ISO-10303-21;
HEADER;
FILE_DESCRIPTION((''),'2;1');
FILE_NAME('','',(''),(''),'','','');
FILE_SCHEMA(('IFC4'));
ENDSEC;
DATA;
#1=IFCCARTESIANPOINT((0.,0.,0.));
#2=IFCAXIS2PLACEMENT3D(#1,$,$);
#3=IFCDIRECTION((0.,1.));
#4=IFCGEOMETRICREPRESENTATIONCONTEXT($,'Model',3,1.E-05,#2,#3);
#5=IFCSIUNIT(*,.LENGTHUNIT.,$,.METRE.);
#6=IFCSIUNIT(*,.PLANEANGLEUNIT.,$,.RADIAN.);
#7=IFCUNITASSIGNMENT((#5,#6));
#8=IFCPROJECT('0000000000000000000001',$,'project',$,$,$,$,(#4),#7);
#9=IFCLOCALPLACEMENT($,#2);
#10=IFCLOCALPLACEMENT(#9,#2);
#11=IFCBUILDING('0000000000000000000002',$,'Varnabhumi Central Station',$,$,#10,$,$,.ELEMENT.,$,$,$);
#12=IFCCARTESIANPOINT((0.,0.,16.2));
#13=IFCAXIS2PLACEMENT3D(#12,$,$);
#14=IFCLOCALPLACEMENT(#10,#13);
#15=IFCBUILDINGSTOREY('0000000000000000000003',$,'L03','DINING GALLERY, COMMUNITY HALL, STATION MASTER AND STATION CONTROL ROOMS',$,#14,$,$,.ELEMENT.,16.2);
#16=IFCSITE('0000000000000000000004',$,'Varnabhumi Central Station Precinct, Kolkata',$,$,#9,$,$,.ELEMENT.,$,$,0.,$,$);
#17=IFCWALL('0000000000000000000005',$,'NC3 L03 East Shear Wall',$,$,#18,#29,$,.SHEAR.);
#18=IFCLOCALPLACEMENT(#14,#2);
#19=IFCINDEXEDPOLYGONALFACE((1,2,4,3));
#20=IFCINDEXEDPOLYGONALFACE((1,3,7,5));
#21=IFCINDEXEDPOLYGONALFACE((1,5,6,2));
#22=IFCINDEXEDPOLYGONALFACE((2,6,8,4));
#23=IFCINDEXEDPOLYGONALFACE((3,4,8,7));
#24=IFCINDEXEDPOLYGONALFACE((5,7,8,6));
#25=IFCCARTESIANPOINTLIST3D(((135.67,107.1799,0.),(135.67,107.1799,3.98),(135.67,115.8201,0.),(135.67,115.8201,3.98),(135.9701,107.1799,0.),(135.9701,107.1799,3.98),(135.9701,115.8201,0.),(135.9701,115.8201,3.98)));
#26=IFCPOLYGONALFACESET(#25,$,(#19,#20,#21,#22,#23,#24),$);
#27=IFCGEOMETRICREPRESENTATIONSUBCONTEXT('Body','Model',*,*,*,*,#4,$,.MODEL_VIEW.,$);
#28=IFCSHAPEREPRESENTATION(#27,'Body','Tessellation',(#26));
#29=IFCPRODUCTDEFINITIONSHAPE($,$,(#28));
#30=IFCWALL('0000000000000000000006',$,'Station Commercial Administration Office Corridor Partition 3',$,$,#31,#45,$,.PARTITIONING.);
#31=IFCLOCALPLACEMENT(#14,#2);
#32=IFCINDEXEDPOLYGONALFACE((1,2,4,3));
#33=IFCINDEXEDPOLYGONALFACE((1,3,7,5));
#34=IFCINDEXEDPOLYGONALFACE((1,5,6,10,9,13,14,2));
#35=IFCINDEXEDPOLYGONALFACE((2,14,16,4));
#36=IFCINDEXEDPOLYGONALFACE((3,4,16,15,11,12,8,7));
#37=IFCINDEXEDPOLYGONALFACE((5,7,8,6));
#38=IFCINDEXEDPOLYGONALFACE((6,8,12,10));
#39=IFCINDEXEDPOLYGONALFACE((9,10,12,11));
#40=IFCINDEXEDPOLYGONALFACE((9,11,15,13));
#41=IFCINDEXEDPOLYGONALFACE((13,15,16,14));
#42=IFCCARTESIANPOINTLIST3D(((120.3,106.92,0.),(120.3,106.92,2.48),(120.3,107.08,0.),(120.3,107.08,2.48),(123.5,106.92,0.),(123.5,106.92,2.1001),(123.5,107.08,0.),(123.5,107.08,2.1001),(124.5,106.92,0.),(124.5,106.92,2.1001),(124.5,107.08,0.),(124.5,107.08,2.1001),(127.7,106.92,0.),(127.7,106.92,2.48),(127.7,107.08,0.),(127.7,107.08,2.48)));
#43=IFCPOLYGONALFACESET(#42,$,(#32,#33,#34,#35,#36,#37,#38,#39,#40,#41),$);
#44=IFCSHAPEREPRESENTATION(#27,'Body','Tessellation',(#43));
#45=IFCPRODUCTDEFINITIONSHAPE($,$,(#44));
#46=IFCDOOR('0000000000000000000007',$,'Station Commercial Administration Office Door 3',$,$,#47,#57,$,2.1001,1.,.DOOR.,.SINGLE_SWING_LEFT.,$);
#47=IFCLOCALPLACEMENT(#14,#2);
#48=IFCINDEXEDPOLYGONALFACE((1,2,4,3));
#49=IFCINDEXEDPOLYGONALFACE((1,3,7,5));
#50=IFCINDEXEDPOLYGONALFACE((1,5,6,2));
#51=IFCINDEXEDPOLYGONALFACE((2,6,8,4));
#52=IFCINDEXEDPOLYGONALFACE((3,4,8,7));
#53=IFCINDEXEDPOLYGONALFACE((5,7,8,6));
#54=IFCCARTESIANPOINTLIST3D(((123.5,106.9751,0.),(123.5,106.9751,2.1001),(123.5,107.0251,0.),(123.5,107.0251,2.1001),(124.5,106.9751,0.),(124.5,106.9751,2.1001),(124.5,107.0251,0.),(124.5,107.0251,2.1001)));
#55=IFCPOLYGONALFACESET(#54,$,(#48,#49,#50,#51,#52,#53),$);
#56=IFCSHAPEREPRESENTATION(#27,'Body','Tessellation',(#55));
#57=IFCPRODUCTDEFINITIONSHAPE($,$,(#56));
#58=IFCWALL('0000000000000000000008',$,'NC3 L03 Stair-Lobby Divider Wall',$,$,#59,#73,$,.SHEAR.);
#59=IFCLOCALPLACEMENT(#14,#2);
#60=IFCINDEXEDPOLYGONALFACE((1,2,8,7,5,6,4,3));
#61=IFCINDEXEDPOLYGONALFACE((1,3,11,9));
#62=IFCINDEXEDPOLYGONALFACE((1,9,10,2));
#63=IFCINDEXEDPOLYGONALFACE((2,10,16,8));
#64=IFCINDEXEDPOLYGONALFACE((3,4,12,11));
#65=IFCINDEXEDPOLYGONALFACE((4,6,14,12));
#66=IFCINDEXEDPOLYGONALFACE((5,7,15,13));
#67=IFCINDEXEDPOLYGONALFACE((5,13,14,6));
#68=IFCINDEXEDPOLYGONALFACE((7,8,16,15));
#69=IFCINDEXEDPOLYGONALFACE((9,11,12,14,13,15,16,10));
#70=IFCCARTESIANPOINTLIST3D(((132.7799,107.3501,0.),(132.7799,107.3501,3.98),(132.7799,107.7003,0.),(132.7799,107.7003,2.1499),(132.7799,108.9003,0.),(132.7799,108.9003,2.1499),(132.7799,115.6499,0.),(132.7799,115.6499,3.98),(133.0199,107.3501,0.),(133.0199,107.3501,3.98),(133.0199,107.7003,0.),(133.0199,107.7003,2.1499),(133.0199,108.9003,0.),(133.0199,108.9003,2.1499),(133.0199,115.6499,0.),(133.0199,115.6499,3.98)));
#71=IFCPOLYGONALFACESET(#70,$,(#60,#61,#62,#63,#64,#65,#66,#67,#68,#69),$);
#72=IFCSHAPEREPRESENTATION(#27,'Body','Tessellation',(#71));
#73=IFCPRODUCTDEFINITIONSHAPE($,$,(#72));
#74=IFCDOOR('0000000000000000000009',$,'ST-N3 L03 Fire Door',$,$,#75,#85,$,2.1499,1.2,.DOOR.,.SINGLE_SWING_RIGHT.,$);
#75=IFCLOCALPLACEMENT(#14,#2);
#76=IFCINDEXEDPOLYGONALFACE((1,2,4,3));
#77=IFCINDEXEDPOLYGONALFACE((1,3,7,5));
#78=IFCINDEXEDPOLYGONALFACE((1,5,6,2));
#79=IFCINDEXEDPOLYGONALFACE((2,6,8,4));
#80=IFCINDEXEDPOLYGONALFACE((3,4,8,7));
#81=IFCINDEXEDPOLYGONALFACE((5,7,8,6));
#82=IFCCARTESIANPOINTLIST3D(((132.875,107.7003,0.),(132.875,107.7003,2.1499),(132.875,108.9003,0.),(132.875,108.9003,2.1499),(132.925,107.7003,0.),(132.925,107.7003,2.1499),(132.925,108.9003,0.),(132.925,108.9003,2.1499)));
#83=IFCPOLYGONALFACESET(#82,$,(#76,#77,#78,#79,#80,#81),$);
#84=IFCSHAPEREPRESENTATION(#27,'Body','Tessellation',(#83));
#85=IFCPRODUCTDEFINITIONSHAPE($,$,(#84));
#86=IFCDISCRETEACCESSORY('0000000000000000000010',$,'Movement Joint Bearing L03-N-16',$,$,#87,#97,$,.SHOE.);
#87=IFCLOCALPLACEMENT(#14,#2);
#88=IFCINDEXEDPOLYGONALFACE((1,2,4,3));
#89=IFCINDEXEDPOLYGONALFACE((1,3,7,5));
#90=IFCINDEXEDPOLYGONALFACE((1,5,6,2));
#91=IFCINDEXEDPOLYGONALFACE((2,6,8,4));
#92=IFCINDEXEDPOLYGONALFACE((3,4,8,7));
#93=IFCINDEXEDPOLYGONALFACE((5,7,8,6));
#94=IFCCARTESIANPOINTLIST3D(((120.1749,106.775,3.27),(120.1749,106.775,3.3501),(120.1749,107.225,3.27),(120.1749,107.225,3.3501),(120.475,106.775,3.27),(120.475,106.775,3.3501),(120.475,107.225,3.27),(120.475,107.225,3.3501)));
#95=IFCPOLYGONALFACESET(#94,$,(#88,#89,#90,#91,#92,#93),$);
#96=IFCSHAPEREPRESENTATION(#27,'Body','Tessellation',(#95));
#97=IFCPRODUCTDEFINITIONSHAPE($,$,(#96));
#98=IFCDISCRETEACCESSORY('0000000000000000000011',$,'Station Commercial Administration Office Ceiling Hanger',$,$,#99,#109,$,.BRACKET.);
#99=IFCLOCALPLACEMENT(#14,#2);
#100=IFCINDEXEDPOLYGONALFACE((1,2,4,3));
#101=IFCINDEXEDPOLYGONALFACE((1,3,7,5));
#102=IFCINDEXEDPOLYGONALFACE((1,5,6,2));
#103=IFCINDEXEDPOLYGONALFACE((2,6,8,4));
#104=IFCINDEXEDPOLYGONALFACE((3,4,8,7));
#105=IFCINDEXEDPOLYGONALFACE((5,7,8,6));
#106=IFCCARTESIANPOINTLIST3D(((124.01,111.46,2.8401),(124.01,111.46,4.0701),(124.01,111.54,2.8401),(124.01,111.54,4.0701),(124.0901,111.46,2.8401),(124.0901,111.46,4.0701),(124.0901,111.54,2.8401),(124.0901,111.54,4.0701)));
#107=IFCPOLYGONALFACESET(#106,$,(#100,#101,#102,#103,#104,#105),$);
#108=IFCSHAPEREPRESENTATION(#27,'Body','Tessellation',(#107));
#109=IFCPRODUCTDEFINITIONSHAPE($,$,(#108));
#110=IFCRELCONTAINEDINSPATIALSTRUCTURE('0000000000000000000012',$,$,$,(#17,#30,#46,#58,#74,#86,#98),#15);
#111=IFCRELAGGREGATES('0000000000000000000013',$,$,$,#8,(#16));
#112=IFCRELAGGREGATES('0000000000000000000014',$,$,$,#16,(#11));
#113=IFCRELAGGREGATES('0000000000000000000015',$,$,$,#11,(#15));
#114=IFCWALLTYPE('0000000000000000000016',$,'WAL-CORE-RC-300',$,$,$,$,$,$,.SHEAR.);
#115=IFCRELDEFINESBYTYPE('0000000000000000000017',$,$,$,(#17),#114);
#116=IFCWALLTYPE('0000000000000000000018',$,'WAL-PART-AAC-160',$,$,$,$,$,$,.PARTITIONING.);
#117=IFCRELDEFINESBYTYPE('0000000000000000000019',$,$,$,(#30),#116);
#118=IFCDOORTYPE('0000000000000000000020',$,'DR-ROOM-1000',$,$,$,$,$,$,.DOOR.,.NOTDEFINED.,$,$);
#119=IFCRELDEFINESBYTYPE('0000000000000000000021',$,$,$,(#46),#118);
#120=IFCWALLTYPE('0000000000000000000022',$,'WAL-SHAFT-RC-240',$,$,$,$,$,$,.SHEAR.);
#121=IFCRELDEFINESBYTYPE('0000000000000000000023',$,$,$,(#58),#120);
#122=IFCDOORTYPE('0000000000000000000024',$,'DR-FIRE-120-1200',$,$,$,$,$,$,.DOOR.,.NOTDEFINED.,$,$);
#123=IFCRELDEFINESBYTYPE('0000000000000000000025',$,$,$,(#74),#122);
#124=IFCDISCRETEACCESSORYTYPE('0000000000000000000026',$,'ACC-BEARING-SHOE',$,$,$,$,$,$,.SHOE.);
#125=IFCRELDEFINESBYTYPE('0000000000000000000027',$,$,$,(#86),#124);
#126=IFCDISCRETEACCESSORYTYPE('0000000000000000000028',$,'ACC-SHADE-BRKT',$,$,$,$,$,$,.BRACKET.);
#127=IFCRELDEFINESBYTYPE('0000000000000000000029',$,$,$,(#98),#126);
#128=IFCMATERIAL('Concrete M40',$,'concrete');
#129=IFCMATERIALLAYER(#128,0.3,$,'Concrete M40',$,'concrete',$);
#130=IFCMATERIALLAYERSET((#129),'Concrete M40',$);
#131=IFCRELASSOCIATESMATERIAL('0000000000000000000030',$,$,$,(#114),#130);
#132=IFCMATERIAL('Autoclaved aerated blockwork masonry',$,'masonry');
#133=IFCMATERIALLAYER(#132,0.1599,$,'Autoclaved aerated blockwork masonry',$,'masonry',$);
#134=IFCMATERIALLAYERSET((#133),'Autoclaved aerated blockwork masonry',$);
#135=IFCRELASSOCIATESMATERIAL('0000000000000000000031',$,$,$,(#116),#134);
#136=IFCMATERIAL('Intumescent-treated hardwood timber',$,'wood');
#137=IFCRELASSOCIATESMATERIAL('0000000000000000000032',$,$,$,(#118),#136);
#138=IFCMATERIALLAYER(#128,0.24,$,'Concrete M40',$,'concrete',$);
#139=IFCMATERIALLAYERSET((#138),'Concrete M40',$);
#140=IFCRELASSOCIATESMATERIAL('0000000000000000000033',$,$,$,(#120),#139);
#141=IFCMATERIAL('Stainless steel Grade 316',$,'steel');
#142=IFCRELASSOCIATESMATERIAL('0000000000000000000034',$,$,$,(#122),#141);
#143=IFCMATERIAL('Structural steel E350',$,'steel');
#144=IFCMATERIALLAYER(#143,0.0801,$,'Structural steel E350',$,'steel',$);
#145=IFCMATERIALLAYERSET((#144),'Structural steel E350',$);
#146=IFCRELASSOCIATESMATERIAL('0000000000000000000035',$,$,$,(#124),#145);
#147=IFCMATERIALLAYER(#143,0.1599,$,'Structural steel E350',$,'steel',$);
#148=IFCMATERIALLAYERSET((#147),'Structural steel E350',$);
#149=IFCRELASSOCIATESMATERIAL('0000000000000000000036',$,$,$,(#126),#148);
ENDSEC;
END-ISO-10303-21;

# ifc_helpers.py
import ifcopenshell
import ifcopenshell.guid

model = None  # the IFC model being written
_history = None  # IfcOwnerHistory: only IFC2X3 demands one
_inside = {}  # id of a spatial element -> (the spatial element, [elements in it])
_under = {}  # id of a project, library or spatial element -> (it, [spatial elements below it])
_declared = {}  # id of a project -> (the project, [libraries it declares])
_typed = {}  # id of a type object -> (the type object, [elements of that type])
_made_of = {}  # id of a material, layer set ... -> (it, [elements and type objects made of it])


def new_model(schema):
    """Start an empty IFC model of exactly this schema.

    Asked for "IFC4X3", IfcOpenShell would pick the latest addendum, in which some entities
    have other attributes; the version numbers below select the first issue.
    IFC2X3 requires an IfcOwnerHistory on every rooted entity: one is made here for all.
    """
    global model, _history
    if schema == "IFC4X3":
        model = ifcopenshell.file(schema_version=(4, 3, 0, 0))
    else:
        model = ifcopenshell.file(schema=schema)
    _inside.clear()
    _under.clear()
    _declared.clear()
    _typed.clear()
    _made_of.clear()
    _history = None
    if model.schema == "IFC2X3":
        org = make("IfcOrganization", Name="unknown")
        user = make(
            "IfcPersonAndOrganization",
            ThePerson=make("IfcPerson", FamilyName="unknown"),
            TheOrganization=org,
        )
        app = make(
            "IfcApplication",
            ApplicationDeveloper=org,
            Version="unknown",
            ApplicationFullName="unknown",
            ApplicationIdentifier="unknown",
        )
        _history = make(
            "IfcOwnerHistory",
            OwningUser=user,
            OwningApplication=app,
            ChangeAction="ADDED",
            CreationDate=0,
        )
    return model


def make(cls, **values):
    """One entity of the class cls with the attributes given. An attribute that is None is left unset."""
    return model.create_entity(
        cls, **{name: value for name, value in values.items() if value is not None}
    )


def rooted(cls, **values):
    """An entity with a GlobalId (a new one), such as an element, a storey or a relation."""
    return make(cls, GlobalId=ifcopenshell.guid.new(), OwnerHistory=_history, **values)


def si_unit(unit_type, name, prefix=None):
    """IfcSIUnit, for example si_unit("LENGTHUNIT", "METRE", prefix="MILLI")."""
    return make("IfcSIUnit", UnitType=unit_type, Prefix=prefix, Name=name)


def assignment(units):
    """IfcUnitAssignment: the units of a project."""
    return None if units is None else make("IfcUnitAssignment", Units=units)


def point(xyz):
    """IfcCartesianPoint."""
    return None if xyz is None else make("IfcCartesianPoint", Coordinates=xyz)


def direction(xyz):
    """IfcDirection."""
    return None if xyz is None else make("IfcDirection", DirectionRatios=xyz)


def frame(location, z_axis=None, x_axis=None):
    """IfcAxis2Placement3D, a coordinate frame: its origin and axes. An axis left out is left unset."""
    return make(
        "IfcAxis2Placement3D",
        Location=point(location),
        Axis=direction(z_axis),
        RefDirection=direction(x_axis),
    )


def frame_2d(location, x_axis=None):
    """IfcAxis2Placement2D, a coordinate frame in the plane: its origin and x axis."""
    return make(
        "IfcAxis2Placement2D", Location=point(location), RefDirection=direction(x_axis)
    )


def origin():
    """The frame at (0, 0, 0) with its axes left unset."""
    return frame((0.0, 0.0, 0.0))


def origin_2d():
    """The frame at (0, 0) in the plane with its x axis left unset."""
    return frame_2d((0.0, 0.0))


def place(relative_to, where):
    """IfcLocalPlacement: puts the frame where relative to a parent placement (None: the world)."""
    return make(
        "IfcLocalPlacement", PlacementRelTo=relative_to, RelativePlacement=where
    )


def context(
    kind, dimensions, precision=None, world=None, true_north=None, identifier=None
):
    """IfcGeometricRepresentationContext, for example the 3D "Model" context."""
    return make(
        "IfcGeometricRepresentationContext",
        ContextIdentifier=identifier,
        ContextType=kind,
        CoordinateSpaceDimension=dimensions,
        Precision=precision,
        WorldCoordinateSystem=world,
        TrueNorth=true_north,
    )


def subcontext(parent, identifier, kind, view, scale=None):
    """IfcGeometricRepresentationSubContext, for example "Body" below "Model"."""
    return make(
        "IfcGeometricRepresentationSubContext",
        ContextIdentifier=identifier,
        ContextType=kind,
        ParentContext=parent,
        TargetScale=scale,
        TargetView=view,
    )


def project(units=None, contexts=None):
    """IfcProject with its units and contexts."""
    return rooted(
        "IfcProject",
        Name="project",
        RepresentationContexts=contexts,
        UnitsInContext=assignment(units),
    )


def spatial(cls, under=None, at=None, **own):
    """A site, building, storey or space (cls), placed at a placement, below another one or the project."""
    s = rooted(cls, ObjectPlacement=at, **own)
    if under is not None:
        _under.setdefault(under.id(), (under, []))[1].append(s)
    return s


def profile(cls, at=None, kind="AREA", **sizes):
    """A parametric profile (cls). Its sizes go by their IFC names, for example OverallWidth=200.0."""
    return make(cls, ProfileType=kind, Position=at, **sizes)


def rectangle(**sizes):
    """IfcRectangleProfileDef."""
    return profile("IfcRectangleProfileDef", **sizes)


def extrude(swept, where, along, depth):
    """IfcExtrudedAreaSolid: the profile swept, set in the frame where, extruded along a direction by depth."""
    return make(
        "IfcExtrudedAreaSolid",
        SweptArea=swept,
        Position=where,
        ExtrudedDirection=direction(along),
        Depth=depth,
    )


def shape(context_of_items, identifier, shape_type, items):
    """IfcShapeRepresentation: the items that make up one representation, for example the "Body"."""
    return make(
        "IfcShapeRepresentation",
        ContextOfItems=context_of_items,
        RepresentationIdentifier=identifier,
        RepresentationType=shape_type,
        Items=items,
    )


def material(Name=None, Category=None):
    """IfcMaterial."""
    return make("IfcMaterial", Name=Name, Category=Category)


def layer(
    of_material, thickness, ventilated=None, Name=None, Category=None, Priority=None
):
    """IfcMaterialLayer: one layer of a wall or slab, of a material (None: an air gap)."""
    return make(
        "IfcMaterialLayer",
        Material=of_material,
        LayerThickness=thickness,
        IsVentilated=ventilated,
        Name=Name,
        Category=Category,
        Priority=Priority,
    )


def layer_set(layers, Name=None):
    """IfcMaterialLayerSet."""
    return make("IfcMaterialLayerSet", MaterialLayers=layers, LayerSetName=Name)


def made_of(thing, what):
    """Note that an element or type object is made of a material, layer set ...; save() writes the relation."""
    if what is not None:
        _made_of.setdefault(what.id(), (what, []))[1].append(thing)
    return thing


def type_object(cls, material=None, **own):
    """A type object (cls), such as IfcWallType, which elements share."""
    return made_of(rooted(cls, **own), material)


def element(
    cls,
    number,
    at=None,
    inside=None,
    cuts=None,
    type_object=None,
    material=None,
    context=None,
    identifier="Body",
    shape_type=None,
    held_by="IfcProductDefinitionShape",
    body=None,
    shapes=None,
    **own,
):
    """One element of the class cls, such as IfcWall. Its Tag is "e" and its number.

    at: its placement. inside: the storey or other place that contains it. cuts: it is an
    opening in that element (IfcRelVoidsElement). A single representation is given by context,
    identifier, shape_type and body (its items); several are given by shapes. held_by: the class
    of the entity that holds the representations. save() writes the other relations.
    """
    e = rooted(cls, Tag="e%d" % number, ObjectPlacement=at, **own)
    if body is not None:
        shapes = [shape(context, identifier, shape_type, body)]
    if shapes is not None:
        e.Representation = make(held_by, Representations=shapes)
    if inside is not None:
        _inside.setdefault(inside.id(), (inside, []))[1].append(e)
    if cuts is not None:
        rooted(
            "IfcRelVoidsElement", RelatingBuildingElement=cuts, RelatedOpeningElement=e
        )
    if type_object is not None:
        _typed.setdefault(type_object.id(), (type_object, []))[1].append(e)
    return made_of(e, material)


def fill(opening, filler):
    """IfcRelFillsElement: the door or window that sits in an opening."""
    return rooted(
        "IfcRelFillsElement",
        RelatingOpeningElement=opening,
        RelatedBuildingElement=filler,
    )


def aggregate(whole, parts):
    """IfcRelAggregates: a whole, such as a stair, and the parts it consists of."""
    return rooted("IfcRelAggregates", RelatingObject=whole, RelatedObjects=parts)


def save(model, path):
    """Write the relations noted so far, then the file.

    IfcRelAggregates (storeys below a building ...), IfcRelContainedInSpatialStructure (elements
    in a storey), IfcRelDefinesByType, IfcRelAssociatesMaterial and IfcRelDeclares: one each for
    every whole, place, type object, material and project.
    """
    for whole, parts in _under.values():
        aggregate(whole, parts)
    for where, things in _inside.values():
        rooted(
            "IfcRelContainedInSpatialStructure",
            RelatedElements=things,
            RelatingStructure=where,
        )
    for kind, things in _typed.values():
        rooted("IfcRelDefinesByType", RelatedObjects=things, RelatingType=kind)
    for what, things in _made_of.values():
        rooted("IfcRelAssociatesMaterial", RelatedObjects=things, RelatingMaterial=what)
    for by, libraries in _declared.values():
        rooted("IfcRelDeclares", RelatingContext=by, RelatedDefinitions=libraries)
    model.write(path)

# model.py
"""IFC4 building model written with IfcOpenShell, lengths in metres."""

from ifc_helpers import new_model, si_unit, direction, frame, frame_2d, origin, origin_2d, place, context, subcontext, project, spatial, rectangle, extrude, material, layer, layer_set, type_object, element, fill, save


model = new_model("IFC4")

# Units and contexts
model_context = context("Model", 3, precision=1e-05, world=origin(), true_north=direction((0.0, 1.0)))
body_context = subcontext(model_context, "Body", "Model", "MODEL_VIEW")
ifc_project = project(units=[si_unit("LENGTHUNIT", "METRE"), si_unit("PLANEANGLEUNIT", "RADIAN")], contexts=[model_context])

# Site, building, storey
site_placement = place(None, origin())
site = spatial("IfcSite", under=ifc_project, at=site_placement, Name="Varnabhumi Central Station Precinct, Kolkata", CompositionType="ELEMENT", RefElevation=0.0)
building_placement = place(site_placement, origin())
building = spatial("IfcBuilding", under=site, at=building_placement, Name="Varnabhumi Central Station", CompositionType="ELEMENT")
storey_placement = place(building_placement, frame((0.0, 0.0, 16.2)))
storey = spatial("IfcBuildingStorey", under=building, at=storey_placement, Name="L03", Description="DINING GALLERY, COMMUNITY HALL, STATION MASTER AND STATION CONTROL ROOMS", CompositionType="ELEMENT", Elevation=16.2)

# Shared definitions
ifc_material_1 = material(Name="Concrete M40", Category="concrete")

# Shared definitions
ifc_material_2 = material(Name="Structural steel E350", Category="steel")

# Wall
ifc_layer_1 = layer(ifc_material_1, 0.3, Name="Concrete M40", Category="concrete")
ifc_layer_set_1 = layer_set([ifc_layer_1], Name="Concrete M40")
wall_type_1 = type_object("IfcWallType", Name="WAL-CORE-RC-300", PredefinedType="SHEAR", material=ifc_layer_set_1)
for number, where, z_axis, x_axis, name in (
    (1, (135.8201, 107.1799, 0.0), (0.0, 0.0, 1.0), (0.0, 1.0, 0.0), "NC3 L03 East Shear Wall"),
):
    element("IfcWall", number, at=place(storey_placement, frame(where, z_axis=z_axis, x_axis=x_axis)), inside=storey, type_object=wall_type_1, Name=name, PredefinedType="SHEAR", context=body_context, shape_type="SweptSolid", body=[
        extrude(rectangle(XDim=8.6401, YDim=0.3, at=frame_2d((4.3201, 0.0))), origin(), (0.0, 0.0, 1.0), 3.98),
    ])

# Walls, openings, doors
ifc_material_3 = material(Name="Intumescent-treated hardwood timber", Category="wood")
ifc_material_4 = material(Name="Autoclaved aerated blockwork masonry", Category="masonry")
ifc_layer_2 = layer(ifc_material_4, 0.1599, Name="Autoclaved aerated blockwork masonry", Category="masonry")
ifc_layer_set_2 = layer_set([ifc_layer_2], Name="Autoclaved aerated blockwork masonry")
wall_type_2 = type_object("IfcWallType", Name="WAL-PART-AAC-160", PredefinedType="PARTITIONING", material=ifc_layer_set_2)
wall_1_placement = place(storey_placement, frame((120.3, 107.0, 0.0), z_axis=(0.0, 0.0, 1.0), x_axis=(1.0, 0.0, 0.0)))
wall_1 = element("IfcWall", 2, at=wall_1_placement, inside=storey, type_object=wall_type_2, Name="Station Commercial Administration Office Corridor Partition 3", PredefinedType="PARTITIONING", context=body_context, shape_type="SweptSolid", body=[
    extrude(rectangle(XDim=7.3999, YDim=0.1599, at=frame_2d((3.7, 0.0))), origin(), (0.0, 0.0, 1.0), 2.48),
])
opening_1_placement = place(wall_1_placement, frame((3.2, 0.0, 0.0)))
opening_1 = element("IfcOpeningElement", 3, at=opening_1_placement, cuts=wall_1, PredefinedType="OPENING", context=body_context, shape_type="SweptSolid", body=[
    extrude(rectangle(XDim=1.0, YDim=2.1001, at=frame_2d((0.5, 1.05))), frame((0.0, 0.0898, 0.0), z_axis=(0.0, -1.0, 0.0), x_axis=(1.0, 0.0, 0.0)), (0.0, 0.0, 1.0), 0.1799),
])
door_type_1 = type_object("IfcDoorType", Name="DR-ROOM-1000", OperationType="NOTDEFINED", PredefinedType="DOOR", material=ifc_material_3)
door_1_placement = place(opening_1_placement, frame((1.0, 0.0, 0.0), z_axis=(0.0, 0.0, 1.0), x_axis=(-1.0, 0.0, 0.0)))
door_1 = element("IfcDoor", 4, at=door_1_placement, inside=storey, type_object=door_type_1, Name="Station Commercial Administration Office Door 3", OperationType="SINGLE_SWING_LEFT", OverallHeight=2.1001, OverallWidth=1.0, PredefinedType="DOOR", context=body_context, shape_type="SweptSolid", body=[
    extrude(rectangle(XDim=1.0, YDim=2.1001, at=frame_2d((0.5, 1.05))), frame((0.0, 0.0249, 0.0), z_axis=(0.0, -1.0, 0.0), x_axis=(1.0, 0.0, 0.0)), (0.0, 0.0, 1.0), 0.05),
])
fill(opening_1, door_1)
ifc_layer_3 = layer(ifc_material_1, 0.24, Name="Concrete M40", Category="concrete")
ifc_layer_set_3 = layer_set([ifc_layer_3], Name="Concrete M40")
wall_type_3 = type_object("IfcWallType", Name="WAL-SHAFT-RC-240", PredefinedType="SHEAR", material=ifc_layer_set_3)
wall_2_placement = place(storey_placement, frame((132.8999, 107.3501, 0.0), z_axis=(0.0, 0.0, 1.0), x_axis=(0.0, 1.0, 0.0)))
wall_2 = element("IfcWall", 5, at=wall_2_placement, inside=storey, type_object=wall_type_3, Name="NC3 L03 Stair-Lobby Divider Wall", PredefinedType="SHEAR", context=body_context, shape_type="SweptSolid", body=[
    extrude(rectangle(XDim=8.2998, YDim=0.24, at=frame_2d((4.1499, 0.0))), origin(), (0.0, 0.0, 1.0), 3.98),
])
opening_2_placement = place(wall_2_placement, frame((0.3501, 0.0, 0.0)))
opening_2 = element("IfcOpeningElement", 6, at=opening_2_placement, cuts=wall_2, PredefinedType="OPENING", context=body_context, shape_type="SweptSolid", body=[
    extrude(rectangle(XDim=1.2, YDim=2.1499, at=frame_2d((0.6001, 1.075))), frame((0.0, 0.1299, 0.0), z_axis=(0.0, -1.0, 0.0), x_axis=(1.0, 0.0, 0.0)), (0.0, 0.0, 1.0), 0.26),
])
ifc_material_5 = material(Name="Stainless steel Grade 316", Category="steel")
door_type_2 = type_object("IfcDoorType", Name="DR-FIRE-120-1200", OperationType="NOTDEFINED", PredefinedType="DOOR", material=ifc_material_5)
door_2_placement = place(opening_2_placement, origin())
door_2 = element("IfcDoor", 7, at=door_2_placement, inside=storey, type_object=door_type_2, Name="ST-N3 L03 Fire Door", OperationType="SINGLE_SWING_RIGHT", OverallHeight=2.1499, OverallWidth=1.2, PredefinedType="DOOR", context=body_context, shape_type="SweptSolid", body=[
    extrude(rectangle(XDim=1.2, YDim=2.1499, at=frame_2d((0.6001, 1.075))), frame((0.0, 0.0249, 0.0), z_axis=(0.0, -1.0, 0.0), x_axis=(1.0, 0.0, 0.0)), (0.0, 0.0, 1.0), 0.05),
])
fill(opening_2, door_2)

# Discrete accessories
ifc_layer_4 = layer(ifc_material_2, 0.0801, Name="Structural steel E350", Category="steel")
ifc_layer_set_4 = layer_set([ifc_layer_4], Name="Structural steel E350")
discrete_accessory_type_1 = type_object("IfcDiscreteAccessoryType", Name="ACC-BEARING-SHOE", PredefinedType="SHOE", material=ifc_layer_set_4)
discrete_accessory_1_placement = place(storey_placement, frame((120.325, 107.0, 3.27), z_axis=(0.0, 0.0, 1.0), x_axis=(1.0, 0.0, 0.0)))
element("IfcDiscreteAccessory", 8, at=discrete_accessory_1_placement, inside=storey, type_object=discrete_accessory_type_1, Name="Movement Joint Bearing L03-N-16", PredefinedType="SHOE", context=body_context, shape_type="SweptSolid", body=[
    extrude(rectangle(XDim=0.3, YDim=0.45, at=origin_2d()), origin(), (0.0, 0.0, 1.0), 0.0801),
])
ifc_layer_5 = layer(ifc_material_2, 0.1599, Name="Structural steel E350", Category="steel")
ifc_layer_set_5 = layer_set([ifc_layer_5], Name="Structural steel E350")
discrete_accessory_type_2 = type_object("IfcDiscreteAccessoryType", Name="ACC-SHADE-BRKT", PredefinedType="BRACKET", material=ifc_layer_set_5)
discrete_accessory_2_placement = place(storey_placement, frame((124.05, 111.5, 2.8401), z_axis=(0.0, 0.0, 1.0), x_axis=(1.0, 0.0, 0.0)))
element("IfcDiscreteAccessory", 9, at=discrete_accessory_2_placement, inside=storey, type_object=discrete_accessory_type_2, Name="Station Commercial Administration Office Ceiling Hanger", PredefinedType="BRACKET", context=body_context, shape_type="SweptSolid", body=[
    extrude(rectangle(XDim=0.0801, YDim=0.0801, at=origin_2d()), origin(), (0.0, 0.0, 1.0), 1.23),
])

save(model, "model.ifc")
